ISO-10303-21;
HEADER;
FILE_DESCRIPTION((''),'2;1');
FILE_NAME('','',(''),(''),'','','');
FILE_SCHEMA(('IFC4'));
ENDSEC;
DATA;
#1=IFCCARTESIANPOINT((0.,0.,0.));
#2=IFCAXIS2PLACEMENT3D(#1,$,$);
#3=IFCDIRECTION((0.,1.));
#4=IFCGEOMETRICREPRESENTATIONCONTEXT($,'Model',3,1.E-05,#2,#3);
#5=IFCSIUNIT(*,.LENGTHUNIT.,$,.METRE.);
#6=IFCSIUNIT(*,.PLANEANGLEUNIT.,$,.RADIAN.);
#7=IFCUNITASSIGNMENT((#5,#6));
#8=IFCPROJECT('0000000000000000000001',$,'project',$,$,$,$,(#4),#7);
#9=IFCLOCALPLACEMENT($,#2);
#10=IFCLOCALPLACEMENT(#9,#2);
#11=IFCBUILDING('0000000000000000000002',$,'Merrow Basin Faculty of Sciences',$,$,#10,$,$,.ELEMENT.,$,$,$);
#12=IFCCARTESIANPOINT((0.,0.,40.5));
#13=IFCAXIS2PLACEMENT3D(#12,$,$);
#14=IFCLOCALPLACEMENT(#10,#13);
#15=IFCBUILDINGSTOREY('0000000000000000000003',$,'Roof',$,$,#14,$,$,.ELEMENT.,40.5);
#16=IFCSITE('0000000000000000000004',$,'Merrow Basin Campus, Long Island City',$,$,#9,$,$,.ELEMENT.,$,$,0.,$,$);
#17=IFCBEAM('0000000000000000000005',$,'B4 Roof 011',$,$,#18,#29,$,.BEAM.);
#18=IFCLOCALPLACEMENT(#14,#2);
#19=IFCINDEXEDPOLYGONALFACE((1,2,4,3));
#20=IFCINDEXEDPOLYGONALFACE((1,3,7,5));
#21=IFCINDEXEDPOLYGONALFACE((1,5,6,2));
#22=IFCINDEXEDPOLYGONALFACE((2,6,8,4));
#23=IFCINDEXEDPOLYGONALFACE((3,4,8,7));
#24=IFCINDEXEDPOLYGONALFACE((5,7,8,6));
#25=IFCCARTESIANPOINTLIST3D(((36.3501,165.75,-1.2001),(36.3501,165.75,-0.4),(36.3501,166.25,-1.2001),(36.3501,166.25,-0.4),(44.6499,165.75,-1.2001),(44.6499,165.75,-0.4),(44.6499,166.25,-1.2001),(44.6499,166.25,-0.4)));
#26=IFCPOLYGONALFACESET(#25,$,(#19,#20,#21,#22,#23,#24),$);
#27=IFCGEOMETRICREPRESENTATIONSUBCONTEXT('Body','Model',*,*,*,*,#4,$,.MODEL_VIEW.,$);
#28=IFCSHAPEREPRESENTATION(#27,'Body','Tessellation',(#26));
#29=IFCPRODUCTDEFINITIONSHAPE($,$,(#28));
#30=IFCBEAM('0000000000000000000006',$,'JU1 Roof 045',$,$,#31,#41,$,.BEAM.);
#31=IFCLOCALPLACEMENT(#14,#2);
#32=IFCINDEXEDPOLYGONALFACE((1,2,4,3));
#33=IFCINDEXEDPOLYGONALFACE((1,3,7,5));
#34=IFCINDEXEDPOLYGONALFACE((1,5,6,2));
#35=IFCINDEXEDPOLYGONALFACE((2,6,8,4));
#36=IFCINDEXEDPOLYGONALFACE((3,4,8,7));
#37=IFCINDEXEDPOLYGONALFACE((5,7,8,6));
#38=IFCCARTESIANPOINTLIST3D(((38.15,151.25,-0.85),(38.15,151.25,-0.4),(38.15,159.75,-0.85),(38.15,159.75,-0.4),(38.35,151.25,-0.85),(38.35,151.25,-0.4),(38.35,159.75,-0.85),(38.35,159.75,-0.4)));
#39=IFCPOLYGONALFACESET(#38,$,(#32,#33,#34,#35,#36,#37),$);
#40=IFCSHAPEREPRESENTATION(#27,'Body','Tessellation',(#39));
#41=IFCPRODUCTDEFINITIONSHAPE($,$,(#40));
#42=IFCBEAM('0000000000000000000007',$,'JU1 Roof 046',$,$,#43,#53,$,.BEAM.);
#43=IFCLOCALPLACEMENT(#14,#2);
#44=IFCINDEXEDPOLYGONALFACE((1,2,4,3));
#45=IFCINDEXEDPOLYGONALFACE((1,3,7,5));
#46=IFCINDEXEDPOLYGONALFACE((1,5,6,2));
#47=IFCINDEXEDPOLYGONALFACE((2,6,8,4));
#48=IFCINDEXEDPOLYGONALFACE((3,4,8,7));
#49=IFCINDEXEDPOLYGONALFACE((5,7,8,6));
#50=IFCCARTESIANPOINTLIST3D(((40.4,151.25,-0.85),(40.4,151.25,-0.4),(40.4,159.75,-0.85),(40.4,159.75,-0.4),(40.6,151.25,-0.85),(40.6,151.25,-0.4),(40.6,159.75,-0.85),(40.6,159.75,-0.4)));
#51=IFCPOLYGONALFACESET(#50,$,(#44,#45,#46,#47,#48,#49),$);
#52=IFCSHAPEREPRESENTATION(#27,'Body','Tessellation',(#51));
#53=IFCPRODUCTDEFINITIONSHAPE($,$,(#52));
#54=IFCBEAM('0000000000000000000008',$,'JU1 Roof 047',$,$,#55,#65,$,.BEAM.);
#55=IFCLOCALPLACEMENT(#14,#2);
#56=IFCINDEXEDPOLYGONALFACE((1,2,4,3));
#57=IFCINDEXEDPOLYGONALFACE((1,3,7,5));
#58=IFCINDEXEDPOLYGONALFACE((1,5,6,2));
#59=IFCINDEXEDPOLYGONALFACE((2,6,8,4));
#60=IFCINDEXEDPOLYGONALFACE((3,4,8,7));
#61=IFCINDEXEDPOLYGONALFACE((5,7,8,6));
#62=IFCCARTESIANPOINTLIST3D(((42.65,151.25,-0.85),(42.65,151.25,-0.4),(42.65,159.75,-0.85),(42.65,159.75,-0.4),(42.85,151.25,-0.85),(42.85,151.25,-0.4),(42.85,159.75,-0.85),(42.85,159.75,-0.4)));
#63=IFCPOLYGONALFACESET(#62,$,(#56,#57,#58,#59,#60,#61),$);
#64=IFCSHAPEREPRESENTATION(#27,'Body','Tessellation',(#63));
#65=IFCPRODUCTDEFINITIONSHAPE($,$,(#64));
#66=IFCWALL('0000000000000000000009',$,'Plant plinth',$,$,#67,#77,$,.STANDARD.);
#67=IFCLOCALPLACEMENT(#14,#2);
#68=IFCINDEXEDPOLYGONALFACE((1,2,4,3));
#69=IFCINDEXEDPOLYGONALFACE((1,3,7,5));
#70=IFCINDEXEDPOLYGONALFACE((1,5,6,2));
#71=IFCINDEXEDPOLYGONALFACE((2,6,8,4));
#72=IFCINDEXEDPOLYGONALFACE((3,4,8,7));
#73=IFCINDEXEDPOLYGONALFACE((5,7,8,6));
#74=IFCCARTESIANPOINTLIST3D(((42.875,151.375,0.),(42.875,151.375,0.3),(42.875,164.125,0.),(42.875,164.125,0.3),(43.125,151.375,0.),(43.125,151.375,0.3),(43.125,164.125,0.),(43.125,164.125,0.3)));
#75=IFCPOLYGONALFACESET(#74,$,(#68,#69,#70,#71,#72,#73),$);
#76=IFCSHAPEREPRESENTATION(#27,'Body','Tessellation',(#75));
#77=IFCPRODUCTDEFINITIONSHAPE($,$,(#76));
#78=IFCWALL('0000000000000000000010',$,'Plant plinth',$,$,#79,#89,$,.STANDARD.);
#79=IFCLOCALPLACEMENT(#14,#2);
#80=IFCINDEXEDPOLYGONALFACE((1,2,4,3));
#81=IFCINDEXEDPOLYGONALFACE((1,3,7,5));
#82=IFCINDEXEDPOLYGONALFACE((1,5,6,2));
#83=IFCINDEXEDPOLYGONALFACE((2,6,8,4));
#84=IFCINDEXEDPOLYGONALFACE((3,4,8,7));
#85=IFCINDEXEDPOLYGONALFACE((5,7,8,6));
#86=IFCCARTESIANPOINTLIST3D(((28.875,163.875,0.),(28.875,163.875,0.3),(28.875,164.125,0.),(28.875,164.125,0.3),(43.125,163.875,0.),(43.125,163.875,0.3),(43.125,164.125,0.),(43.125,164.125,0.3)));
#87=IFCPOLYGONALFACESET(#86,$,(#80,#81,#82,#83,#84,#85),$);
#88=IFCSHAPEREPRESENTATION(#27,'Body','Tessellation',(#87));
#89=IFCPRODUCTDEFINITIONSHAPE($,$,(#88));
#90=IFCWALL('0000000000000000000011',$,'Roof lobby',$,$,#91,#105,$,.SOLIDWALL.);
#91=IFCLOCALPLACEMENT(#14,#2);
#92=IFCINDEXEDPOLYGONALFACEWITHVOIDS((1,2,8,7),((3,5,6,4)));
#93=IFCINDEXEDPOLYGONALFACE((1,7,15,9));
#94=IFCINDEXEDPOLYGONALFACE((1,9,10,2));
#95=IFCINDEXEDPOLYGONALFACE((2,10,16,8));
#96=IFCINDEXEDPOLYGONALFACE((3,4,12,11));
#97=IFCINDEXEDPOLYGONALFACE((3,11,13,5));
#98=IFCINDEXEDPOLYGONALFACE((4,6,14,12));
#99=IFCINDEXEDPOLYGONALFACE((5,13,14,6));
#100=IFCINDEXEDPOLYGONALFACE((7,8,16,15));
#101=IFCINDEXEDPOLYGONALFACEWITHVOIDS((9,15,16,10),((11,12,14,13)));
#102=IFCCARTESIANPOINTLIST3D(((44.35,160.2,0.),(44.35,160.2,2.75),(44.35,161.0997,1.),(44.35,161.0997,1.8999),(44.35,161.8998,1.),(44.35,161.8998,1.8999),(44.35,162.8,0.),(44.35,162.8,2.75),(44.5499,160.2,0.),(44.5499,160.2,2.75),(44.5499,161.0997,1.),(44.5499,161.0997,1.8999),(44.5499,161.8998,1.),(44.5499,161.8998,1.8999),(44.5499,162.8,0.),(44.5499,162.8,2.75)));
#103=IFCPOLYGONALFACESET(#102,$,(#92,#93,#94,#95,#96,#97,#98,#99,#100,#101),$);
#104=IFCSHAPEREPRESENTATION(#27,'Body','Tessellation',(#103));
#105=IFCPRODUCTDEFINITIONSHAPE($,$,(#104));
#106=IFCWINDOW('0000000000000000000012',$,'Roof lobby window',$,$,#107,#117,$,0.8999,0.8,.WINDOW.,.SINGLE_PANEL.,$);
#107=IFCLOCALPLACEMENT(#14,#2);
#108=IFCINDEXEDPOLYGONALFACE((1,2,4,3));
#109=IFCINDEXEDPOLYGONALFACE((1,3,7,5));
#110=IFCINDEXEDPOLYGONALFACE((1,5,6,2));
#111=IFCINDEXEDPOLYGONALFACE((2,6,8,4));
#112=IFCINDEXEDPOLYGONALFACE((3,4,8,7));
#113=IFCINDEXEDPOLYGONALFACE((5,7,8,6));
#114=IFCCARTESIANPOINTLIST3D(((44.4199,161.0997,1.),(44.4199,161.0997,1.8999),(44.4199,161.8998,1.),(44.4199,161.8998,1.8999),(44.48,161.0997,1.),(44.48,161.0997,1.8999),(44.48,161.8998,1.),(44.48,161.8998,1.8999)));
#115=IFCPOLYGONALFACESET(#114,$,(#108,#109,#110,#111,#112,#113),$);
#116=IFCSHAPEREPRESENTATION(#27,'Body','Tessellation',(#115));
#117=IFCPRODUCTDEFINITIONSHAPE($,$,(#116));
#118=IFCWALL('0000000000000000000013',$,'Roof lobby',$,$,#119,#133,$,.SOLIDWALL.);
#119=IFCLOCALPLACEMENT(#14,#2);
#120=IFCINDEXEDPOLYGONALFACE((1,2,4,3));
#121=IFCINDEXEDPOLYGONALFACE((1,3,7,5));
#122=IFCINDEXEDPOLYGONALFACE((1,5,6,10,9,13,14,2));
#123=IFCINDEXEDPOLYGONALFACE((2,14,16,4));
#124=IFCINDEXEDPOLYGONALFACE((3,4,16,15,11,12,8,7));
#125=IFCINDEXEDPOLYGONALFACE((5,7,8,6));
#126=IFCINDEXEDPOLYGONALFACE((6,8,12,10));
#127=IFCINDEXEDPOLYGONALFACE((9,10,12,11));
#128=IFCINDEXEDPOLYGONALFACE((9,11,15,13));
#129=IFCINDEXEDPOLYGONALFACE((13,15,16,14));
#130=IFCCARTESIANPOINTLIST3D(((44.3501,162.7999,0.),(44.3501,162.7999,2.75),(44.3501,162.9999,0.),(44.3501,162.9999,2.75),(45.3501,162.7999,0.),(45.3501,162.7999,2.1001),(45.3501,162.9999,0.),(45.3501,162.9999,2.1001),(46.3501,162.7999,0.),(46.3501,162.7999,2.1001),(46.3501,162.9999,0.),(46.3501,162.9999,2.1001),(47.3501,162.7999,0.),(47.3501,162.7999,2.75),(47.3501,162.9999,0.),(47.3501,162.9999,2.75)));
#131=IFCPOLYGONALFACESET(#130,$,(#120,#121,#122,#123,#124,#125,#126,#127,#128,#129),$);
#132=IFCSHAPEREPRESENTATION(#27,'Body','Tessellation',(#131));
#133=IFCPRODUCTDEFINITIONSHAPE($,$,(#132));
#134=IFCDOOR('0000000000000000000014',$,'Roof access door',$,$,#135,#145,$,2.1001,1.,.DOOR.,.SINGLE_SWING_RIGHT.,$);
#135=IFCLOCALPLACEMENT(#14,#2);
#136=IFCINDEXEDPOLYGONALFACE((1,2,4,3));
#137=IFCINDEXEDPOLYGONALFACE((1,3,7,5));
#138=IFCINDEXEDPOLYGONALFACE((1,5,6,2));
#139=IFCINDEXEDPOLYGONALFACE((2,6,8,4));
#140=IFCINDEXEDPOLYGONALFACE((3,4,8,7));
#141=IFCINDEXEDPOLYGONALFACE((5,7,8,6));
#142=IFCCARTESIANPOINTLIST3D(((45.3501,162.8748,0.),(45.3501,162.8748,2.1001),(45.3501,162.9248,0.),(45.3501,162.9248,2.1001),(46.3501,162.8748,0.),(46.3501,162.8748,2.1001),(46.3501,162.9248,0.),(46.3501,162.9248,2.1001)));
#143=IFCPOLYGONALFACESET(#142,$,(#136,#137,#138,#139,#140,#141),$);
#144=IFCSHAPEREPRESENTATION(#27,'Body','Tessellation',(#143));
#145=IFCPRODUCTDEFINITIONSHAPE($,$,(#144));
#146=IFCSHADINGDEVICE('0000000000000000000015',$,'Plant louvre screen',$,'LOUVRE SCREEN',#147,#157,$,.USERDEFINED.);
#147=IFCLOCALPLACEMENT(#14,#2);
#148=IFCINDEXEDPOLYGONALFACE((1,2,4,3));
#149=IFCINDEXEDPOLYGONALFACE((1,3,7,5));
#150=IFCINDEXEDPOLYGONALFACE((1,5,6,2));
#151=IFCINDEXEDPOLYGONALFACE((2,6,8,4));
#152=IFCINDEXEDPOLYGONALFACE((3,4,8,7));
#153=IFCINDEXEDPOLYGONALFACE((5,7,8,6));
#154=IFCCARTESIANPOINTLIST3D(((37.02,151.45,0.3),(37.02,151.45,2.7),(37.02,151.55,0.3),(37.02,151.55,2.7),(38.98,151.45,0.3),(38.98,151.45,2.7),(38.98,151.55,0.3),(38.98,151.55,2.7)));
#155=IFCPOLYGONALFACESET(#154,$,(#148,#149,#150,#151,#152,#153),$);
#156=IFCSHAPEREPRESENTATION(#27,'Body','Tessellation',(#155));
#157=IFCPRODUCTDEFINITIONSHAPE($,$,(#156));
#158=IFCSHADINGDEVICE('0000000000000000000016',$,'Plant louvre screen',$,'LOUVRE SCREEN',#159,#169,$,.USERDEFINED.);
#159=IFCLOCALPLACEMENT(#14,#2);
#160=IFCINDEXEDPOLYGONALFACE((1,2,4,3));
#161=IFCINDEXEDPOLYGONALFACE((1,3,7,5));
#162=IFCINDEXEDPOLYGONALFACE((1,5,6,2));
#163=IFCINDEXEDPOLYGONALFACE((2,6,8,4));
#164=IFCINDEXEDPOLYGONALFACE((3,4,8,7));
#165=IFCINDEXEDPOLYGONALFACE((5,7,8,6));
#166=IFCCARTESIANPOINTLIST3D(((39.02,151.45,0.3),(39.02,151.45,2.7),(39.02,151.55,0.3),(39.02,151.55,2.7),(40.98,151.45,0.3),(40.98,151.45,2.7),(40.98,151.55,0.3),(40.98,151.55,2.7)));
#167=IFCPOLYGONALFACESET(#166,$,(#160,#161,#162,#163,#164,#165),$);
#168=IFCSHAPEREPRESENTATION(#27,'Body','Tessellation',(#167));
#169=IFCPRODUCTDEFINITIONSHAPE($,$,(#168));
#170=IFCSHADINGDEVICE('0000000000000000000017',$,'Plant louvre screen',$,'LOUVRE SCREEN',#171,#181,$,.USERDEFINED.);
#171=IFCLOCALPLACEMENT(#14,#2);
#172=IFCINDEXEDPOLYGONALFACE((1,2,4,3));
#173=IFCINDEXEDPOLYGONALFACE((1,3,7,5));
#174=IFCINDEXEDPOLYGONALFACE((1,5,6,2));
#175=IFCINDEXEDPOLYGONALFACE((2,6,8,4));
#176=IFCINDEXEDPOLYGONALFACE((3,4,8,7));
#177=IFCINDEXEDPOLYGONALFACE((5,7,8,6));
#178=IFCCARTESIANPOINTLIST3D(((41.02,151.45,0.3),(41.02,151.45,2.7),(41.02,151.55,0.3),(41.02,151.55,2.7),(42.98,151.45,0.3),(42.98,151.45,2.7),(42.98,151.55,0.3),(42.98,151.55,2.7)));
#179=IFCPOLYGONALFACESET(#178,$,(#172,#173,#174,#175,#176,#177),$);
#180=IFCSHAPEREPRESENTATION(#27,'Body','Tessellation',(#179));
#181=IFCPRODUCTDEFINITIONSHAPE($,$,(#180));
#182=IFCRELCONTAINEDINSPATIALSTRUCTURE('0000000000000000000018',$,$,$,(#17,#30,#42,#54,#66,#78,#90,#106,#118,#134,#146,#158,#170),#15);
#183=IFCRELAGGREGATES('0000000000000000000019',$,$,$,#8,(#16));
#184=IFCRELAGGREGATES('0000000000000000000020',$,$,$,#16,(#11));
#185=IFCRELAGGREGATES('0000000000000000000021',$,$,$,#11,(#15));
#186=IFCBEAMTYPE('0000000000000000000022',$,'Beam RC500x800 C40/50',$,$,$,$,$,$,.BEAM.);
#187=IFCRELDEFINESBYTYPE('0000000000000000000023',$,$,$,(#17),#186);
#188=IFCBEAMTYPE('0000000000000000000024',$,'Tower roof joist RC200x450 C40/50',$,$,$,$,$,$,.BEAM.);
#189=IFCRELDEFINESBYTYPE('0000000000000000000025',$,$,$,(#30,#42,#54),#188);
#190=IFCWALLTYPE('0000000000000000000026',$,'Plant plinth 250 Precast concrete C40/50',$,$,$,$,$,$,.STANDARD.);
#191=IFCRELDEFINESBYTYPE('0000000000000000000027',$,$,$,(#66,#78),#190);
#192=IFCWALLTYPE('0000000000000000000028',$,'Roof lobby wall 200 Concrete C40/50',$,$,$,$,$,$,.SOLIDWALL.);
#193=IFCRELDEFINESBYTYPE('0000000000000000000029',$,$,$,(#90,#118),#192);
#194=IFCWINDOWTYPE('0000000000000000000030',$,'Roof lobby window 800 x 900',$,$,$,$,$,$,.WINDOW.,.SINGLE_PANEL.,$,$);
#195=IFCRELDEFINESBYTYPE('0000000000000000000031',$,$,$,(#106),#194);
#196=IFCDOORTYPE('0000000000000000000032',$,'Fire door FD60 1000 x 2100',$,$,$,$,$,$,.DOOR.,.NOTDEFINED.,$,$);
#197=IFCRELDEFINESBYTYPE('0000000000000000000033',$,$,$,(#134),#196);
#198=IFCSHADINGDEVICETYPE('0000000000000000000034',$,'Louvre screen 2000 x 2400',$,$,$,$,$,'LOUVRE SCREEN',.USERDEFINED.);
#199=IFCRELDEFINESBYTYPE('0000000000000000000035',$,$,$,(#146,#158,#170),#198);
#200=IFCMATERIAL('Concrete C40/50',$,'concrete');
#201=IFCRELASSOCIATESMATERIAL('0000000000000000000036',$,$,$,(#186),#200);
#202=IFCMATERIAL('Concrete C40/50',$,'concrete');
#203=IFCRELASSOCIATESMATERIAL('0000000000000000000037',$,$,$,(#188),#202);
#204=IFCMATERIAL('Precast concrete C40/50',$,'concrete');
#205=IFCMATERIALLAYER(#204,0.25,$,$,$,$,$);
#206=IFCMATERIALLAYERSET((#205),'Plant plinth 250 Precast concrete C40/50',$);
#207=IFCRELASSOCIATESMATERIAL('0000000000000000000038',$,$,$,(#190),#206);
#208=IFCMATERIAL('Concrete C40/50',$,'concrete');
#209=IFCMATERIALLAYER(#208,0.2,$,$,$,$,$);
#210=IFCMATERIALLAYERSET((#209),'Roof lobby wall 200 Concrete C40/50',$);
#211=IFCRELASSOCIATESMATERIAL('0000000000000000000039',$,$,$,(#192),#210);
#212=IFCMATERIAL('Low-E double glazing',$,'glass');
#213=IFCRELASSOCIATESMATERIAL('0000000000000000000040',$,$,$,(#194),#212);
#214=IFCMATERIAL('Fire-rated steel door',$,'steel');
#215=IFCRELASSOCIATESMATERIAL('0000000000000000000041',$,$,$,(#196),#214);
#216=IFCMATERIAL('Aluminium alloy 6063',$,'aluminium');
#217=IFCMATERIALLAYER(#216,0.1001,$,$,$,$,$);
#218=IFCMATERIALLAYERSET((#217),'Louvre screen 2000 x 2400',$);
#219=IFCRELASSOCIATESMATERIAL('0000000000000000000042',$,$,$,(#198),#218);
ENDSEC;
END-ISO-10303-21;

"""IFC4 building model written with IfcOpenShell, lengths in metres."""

from ifc_helpers import new_model, si_unit, direction, frame, frame_2d, origin, origin_2d, place, context, subcontext, project, spatial, rectangle, extrude, material, layer, layer_set, material_profile, profile_set, type_object, element, fill, save


model = new_model("IFC4")

# Units and contexts
model_context = context("Model", 3, precision=1e-05, world=origin(), true_north=direction((0.0, 1.0)))
body_context = subcontext(model_context, "Body", "Model", "MODEL_VIEW")
ifc_project = project(units=[si_unit("LENGTHUNIT", "METRE"), si_unit("PLANEANGLEUNIT", "RADIAN")], contexts=[model_context])

# Site, building, storey
site_placement = place(None, origin())
site = spatial("IfcSite", under=ifc_project, at=site_placement, Name="Merrow Basin Campus, Long Island City", CompositionType="ELEMENT", RefElevation=0.0)
building_placement = place(site_placement, origin())
building = spatial("IfcBuilding", under=site, at=building_placement, Name="Merrow Basin Faculty of Sciences", CompositionType="ELEMENT")
storey_placement = place(building_placement, frame((0.0, 0.0, 40.5)))
storey = spatial("IfcBuildingStorey", under=building, at=storey_placement, Name="Roof", CompositionType="ELEMENT", Elevation=40.5)

# Beams
ifc_material_1 = material(Name="Concrete C40/50", Category="concrete")
ifc_material_profile_1 = material_profile(ifc_material_1, rectangle(XDim=0.5, YDim=0.8, at=origin_2d()))
ifc_profile_set_1 = profile_set([ifc_material_profile_1], Name="Concrete C40/50")
beam_type_1 = type_object("IfcBeamType", Name="Beam RC500x800 C40/50", PredefinedType="BEAM", material=ifc_profile_set_1)
beam_placement = place(storey_placement, frame((36.3501, 166.0, -0.8), z_axis=(1.0, 0.0, 0.0), x_axis=(0.0, 1.0, 0.0)))
element("IfcBeam", 1, at=beam_placement, inside=storey, type_object=beam_type_1, Name="B4 Roof 011", PredefinedType="BEAM", context=body_context, shape_type="SweptSolid", body=[
    extrude(rectangle(XDim=0.5, YDim=0.8, at=origin_2d()), origin(), (0.0, 0.0, 1.0), 8.2998),
])
ifc_material_2 = material(Name="Concrete C40/50", Category="concrete")
ifc_material_profile_2 = material_profile(ifc_material_2, rectangle(XDim=0.2, YDim=0.45, at=origin_2d()))
ifc_profile_set_2 = profile_set([ifc_material_profile_2], Name="Concrete C40/50")
beam_type_2 = type_object("IfcBeamType", Name="Tower roof joist RC200x450 C40/50", PredefinedType="BEAM", material=ifc_profile_set_2)
for number, where, z_axis, x_axis, name in (
    (2, (38.25, 151.25, -0.625), (0.0, 1.0, 0.0), (-1.0, 0.0, 0.0), "JU1 Roof 045"),
    (3, (40.5, 151.25, -0.625), (0.0, 1.0, 0.0), (-1.0, 0.0, 0.0), "JU1 Roof 046"),
    (4, (42.75, 151.25, -0.625), (0.0, 1.0, 0.0), (-1.0, 0.0, 0.0), "JU1 Roof 047"),
):
    element("IfcBeam", number, at=place(storey_placement, frame(where, z_axis=z_axis, x_axis=x_axis)), inside=storey, type_object=beam_type_2, Name=name, PredefinedType="BEAM", context=body_context, shape_type="SweptSolid", body=[
        extrude(rectangle(XDim=0.2, YDim=0.45, at=origin_2d()), origin(), (0.0, 0.0, 1.0), 8.5),
    ])

# Walls
ifc_material_3 = material(Name="Precast concrete C40/50", Category="concrete")
ifc_layer_1 = layer(ifc_material_3, 0.25)
ifc_layer_set_1 = layer_set([ifc_layer_1], Name="Plant plinth 250 Precast concrete C40/50")
wall_type_1 = type_object("IfcWallType", Name="Plant plinth 250 Precast concrete C40/50", PredefinedType="STANDARD", material=ifc_layer_set_1)
wall_1_placement = place(storey_placement, frame((43.0, 151.375, 0.0), z_axis=(0.0, 0.0, 1.0), x_axis=(0.0, 1.0, 0.0)))
element("IfcWall", 5, at=wall_1_placement, inside=storey, type_object=wall_type_1, Name="Plant plinth", PredefinedType="STANDARD", context=body_context, shape_type="SweptSolid", body=[
    extrude(rectangle(XDim=12.75, YDim=0.25, at=frame_2d((6.375, 0.0))), origin(), (0.0, 0.0, 1.0), 0.3),
])
wall_2_placement = place(storey_placement, frame((43.125, 164.0, 0.0), z_axis=(0.0, 0.0, 1.0), x_axis=(-1.0, 0.0, 0.0)))
element("IfcWall", 6, at=wall_2_placement, inside=storey, type_object=wall_type_1, Name="Plant plinth", PredefinedType="STANDARD", context=body_context, shape_type="SweptSolid", body=[
    extrude(rectangle(XDim=14.25, YDim=0.25, at=frame_2d((7.125, 0.0))), origin(), (0.0, 0.0, 1.0), 0.3),
])

# Wall, opening, window
ifc_material_4 = material(Name="Concrete C40/50", Category="concrete")
ifc_layer_2 = layer(ifc_material_4, 0.2)
ifc_layer_set_2 = layer_set([ifc_layer_2], Name="Roof lobby wall 200 Concrete C40/50")
wall_type_2 = type_object("IfcWallType", Name="Roof lobby wall 200 Concrete C40/50", PredefinedType="SOLIDWALL", material=ifc_layer_set_2)
wall_3_placement = place(storey_placement, frame((44.45, 160.2, 0.0), z_axis=(0.0, 0.0, 1.0), x_axis=(0.0, 1.0, 0.0)))
wall_3 = element("IfcWall", 7, at=wall_3_placement, inside=storey, type_object=wall_type_2, Name="Roof lobby", PredefinedType="SOLIDWALL", context=body_context, shape_type="SweptSolid", body=[
    extrude(rectangle(XDim=2.6001, YDim=0.2, at=frame_2d((1.3, 0.0))), origin(), (0.0, 0.0, 1.0), 2.75),
])
opening_1_placement = place(wall_3_placement, frame((0.8999, 0.0, 1.0)))
opening_1 = element("IfcOpeningElement", 8, at=opening_1_placement, cuts=wall_3, PredefinedType="OPENING", context=body_context, shape_type="SweptSolid", body=[
    extrude(rectangle(XDim=0.8, YDim=0.8999, at=frame_2d((0.3999, 0.45))), frame((0.0, 0.1099, 0.0), z_axis=(0.0, -1.0, 0.0), x_axis=(1.0, 0.0, 0.0)), (0.0, 0.0, 1.0), 0.22),
])
ifc_material_5 = material(Name="Low-E double glazing", Category="glass")
window_type = type_object("IfcWindowType", Name="Roof lobby window 800 x 900", PartitioningType="SINGLE_PANEL", PredefinedType="WINDOW", material=ifc_material_5)
window_placement = place(opening_1_placement, origin())
window = element("IfcWindow", 9, at=window_placement, inside=storey, type_object=window_type, Name="Roof lobby window", OverallHeight=0.8999, OverallWidth=0.8, PartitioningType="SINGLE_PANEL", PredefinedType="WINDOW", context=body_context, shape_type="SweptSolid", body=[
    extrude(rectangle(XDim=0.8, YDim=0.8999, at=frame_2d((0.3999, 0.45))), frame((0.0, 0.03, 0.0), z_axis=(0.0, -1.0, 0.0), x_axis=(1.0, 0.0, 0.0)), (0.0, 0.0, 1.0), 0.0601),
])
fill(opening_1, window)

# Wall, opening, door
wall_4_placement = place(storey_placement, frame((44.3501, 162.8999, 0.0), z_axis=(0.0, 0.0, 1.0), x_axis=(1.0, 0.0, 0.0)))
wall_4 = element("IfcWall", 10, at=wall_4_placement, inside=storey, type_object=wall_type_2, Name="Roof lobby", PredefinedType="SOLIDWALL", context=body_context, shape_type="SweptSolid", body=[
    extrude(rectangle(XDim=3.0, YDim=0.2, at=frame_2d((1.5, 0.0))), origin(), (0.0, 0.0, 1.0), 2.75),
])
opening_2_placement = place(wall_4_placement, frame((1.0, 0.0, 0.0)))
opening_2 = element("IfcOpeningElement", 11, at=opening_2_placement, cuts=wall_4, PredefinedType="OPENING", context=body_context, shape_type="SweptSolid", body=[
    extrude(rectangle(XDim=1.0, YDim=2.1001, at=frame_2d((0.5, 1.05))), frame((0.0, 0.1099, 0.0), z_axis=(0.0, -1.0, 0.0), x_axis=(1.0, 0.0, 0.0)), (0.0, 0.0, 1.0), 0.22),
])
ifc_material_6 = material(Name="Fire-rated steel door", Category="steel")
door_type = type_object("IfcDoorType", Name="Fire door FD60 1000 x 2100", OperationType="NOTDEFINED", PredefinedType="DOOR", material=ifc_material_6)
door_placement = place(opening_2_placement, origin())
door = element("IfcDoor", 12, at=door_placement, inside=storey, type_object=door_type, Name="Roof access door", OperationType="SINGLE_SWING_RIGHT", OverallHeight=2.1001, OverallWidth=1.0, PredefinedType="DOOR", context=body_context, shape_type="SweptSolid", body=[
    extrude(rectangle(XDim=1.0, YDim=2.1001, at=frame_2d((0.5, 1.05))), frame((0.0, 0.0249, 0.0), z_axis=(0.0, -1.0, 0.0), x_axis=(1.0, 0.0, 0.0)), (0.0, 0.0, 1.0), 0.05),
])
fill(opening_2, door)

# Shading devices
ifc_material_7 = material(Name="Aluminium alloy 6063", Category="aluminium")
ifc_layer_3 = layer(ifc_material_7, 0.1001)
ifc_layer_set_3 = layer_set([ifc_layer_3], Name="Louvre screen 2000 x 2400")
shading_device_type = type_object("IfcShadingDeviceType", Name="Louvre screen 2000 x 2400", ElementType="LOUVRE SCREEN", PredefinedType="USERDEFINED", material=ifc_layer_set_3)
for number, where, z_axis, x_axis, name in (
    (13, (38.0, 151.5, 0.3), (0.0, 0.0, 1.0), (1.0, 0.0, 0.0), "Plant louvre screen"),
    (14, (40.0, 151.5, 0.3), (0.0, 0.0, 1.0), (1.0, 0.0, 0.0), "Plant louvre screen"),
    (15, (42.0, 151.5, 0.3), (0.0, 0.0, 1.0), (1.0, 0.0, 0.0), "Plant louvre screen"),
):
    element("IfcShadingDevice", number, at=place(storey_placement, frame(where, z_axis=z_axis, x_axis=x_axis)), inside=storey, type_object=shading_device_type, Name=name, ObjectType="LOUVRE SCREEN", PredefinedType="USERDEFINED", context=body_context, shape_type="SweptSolid", body=[
        extrude(rectangle(XDim=1.96, YDim=0.1001, at=origin_2d()), origin(), (0.0, 0.0, 1.0), 2.3999),
    ])

save(model, "model.ifc")
